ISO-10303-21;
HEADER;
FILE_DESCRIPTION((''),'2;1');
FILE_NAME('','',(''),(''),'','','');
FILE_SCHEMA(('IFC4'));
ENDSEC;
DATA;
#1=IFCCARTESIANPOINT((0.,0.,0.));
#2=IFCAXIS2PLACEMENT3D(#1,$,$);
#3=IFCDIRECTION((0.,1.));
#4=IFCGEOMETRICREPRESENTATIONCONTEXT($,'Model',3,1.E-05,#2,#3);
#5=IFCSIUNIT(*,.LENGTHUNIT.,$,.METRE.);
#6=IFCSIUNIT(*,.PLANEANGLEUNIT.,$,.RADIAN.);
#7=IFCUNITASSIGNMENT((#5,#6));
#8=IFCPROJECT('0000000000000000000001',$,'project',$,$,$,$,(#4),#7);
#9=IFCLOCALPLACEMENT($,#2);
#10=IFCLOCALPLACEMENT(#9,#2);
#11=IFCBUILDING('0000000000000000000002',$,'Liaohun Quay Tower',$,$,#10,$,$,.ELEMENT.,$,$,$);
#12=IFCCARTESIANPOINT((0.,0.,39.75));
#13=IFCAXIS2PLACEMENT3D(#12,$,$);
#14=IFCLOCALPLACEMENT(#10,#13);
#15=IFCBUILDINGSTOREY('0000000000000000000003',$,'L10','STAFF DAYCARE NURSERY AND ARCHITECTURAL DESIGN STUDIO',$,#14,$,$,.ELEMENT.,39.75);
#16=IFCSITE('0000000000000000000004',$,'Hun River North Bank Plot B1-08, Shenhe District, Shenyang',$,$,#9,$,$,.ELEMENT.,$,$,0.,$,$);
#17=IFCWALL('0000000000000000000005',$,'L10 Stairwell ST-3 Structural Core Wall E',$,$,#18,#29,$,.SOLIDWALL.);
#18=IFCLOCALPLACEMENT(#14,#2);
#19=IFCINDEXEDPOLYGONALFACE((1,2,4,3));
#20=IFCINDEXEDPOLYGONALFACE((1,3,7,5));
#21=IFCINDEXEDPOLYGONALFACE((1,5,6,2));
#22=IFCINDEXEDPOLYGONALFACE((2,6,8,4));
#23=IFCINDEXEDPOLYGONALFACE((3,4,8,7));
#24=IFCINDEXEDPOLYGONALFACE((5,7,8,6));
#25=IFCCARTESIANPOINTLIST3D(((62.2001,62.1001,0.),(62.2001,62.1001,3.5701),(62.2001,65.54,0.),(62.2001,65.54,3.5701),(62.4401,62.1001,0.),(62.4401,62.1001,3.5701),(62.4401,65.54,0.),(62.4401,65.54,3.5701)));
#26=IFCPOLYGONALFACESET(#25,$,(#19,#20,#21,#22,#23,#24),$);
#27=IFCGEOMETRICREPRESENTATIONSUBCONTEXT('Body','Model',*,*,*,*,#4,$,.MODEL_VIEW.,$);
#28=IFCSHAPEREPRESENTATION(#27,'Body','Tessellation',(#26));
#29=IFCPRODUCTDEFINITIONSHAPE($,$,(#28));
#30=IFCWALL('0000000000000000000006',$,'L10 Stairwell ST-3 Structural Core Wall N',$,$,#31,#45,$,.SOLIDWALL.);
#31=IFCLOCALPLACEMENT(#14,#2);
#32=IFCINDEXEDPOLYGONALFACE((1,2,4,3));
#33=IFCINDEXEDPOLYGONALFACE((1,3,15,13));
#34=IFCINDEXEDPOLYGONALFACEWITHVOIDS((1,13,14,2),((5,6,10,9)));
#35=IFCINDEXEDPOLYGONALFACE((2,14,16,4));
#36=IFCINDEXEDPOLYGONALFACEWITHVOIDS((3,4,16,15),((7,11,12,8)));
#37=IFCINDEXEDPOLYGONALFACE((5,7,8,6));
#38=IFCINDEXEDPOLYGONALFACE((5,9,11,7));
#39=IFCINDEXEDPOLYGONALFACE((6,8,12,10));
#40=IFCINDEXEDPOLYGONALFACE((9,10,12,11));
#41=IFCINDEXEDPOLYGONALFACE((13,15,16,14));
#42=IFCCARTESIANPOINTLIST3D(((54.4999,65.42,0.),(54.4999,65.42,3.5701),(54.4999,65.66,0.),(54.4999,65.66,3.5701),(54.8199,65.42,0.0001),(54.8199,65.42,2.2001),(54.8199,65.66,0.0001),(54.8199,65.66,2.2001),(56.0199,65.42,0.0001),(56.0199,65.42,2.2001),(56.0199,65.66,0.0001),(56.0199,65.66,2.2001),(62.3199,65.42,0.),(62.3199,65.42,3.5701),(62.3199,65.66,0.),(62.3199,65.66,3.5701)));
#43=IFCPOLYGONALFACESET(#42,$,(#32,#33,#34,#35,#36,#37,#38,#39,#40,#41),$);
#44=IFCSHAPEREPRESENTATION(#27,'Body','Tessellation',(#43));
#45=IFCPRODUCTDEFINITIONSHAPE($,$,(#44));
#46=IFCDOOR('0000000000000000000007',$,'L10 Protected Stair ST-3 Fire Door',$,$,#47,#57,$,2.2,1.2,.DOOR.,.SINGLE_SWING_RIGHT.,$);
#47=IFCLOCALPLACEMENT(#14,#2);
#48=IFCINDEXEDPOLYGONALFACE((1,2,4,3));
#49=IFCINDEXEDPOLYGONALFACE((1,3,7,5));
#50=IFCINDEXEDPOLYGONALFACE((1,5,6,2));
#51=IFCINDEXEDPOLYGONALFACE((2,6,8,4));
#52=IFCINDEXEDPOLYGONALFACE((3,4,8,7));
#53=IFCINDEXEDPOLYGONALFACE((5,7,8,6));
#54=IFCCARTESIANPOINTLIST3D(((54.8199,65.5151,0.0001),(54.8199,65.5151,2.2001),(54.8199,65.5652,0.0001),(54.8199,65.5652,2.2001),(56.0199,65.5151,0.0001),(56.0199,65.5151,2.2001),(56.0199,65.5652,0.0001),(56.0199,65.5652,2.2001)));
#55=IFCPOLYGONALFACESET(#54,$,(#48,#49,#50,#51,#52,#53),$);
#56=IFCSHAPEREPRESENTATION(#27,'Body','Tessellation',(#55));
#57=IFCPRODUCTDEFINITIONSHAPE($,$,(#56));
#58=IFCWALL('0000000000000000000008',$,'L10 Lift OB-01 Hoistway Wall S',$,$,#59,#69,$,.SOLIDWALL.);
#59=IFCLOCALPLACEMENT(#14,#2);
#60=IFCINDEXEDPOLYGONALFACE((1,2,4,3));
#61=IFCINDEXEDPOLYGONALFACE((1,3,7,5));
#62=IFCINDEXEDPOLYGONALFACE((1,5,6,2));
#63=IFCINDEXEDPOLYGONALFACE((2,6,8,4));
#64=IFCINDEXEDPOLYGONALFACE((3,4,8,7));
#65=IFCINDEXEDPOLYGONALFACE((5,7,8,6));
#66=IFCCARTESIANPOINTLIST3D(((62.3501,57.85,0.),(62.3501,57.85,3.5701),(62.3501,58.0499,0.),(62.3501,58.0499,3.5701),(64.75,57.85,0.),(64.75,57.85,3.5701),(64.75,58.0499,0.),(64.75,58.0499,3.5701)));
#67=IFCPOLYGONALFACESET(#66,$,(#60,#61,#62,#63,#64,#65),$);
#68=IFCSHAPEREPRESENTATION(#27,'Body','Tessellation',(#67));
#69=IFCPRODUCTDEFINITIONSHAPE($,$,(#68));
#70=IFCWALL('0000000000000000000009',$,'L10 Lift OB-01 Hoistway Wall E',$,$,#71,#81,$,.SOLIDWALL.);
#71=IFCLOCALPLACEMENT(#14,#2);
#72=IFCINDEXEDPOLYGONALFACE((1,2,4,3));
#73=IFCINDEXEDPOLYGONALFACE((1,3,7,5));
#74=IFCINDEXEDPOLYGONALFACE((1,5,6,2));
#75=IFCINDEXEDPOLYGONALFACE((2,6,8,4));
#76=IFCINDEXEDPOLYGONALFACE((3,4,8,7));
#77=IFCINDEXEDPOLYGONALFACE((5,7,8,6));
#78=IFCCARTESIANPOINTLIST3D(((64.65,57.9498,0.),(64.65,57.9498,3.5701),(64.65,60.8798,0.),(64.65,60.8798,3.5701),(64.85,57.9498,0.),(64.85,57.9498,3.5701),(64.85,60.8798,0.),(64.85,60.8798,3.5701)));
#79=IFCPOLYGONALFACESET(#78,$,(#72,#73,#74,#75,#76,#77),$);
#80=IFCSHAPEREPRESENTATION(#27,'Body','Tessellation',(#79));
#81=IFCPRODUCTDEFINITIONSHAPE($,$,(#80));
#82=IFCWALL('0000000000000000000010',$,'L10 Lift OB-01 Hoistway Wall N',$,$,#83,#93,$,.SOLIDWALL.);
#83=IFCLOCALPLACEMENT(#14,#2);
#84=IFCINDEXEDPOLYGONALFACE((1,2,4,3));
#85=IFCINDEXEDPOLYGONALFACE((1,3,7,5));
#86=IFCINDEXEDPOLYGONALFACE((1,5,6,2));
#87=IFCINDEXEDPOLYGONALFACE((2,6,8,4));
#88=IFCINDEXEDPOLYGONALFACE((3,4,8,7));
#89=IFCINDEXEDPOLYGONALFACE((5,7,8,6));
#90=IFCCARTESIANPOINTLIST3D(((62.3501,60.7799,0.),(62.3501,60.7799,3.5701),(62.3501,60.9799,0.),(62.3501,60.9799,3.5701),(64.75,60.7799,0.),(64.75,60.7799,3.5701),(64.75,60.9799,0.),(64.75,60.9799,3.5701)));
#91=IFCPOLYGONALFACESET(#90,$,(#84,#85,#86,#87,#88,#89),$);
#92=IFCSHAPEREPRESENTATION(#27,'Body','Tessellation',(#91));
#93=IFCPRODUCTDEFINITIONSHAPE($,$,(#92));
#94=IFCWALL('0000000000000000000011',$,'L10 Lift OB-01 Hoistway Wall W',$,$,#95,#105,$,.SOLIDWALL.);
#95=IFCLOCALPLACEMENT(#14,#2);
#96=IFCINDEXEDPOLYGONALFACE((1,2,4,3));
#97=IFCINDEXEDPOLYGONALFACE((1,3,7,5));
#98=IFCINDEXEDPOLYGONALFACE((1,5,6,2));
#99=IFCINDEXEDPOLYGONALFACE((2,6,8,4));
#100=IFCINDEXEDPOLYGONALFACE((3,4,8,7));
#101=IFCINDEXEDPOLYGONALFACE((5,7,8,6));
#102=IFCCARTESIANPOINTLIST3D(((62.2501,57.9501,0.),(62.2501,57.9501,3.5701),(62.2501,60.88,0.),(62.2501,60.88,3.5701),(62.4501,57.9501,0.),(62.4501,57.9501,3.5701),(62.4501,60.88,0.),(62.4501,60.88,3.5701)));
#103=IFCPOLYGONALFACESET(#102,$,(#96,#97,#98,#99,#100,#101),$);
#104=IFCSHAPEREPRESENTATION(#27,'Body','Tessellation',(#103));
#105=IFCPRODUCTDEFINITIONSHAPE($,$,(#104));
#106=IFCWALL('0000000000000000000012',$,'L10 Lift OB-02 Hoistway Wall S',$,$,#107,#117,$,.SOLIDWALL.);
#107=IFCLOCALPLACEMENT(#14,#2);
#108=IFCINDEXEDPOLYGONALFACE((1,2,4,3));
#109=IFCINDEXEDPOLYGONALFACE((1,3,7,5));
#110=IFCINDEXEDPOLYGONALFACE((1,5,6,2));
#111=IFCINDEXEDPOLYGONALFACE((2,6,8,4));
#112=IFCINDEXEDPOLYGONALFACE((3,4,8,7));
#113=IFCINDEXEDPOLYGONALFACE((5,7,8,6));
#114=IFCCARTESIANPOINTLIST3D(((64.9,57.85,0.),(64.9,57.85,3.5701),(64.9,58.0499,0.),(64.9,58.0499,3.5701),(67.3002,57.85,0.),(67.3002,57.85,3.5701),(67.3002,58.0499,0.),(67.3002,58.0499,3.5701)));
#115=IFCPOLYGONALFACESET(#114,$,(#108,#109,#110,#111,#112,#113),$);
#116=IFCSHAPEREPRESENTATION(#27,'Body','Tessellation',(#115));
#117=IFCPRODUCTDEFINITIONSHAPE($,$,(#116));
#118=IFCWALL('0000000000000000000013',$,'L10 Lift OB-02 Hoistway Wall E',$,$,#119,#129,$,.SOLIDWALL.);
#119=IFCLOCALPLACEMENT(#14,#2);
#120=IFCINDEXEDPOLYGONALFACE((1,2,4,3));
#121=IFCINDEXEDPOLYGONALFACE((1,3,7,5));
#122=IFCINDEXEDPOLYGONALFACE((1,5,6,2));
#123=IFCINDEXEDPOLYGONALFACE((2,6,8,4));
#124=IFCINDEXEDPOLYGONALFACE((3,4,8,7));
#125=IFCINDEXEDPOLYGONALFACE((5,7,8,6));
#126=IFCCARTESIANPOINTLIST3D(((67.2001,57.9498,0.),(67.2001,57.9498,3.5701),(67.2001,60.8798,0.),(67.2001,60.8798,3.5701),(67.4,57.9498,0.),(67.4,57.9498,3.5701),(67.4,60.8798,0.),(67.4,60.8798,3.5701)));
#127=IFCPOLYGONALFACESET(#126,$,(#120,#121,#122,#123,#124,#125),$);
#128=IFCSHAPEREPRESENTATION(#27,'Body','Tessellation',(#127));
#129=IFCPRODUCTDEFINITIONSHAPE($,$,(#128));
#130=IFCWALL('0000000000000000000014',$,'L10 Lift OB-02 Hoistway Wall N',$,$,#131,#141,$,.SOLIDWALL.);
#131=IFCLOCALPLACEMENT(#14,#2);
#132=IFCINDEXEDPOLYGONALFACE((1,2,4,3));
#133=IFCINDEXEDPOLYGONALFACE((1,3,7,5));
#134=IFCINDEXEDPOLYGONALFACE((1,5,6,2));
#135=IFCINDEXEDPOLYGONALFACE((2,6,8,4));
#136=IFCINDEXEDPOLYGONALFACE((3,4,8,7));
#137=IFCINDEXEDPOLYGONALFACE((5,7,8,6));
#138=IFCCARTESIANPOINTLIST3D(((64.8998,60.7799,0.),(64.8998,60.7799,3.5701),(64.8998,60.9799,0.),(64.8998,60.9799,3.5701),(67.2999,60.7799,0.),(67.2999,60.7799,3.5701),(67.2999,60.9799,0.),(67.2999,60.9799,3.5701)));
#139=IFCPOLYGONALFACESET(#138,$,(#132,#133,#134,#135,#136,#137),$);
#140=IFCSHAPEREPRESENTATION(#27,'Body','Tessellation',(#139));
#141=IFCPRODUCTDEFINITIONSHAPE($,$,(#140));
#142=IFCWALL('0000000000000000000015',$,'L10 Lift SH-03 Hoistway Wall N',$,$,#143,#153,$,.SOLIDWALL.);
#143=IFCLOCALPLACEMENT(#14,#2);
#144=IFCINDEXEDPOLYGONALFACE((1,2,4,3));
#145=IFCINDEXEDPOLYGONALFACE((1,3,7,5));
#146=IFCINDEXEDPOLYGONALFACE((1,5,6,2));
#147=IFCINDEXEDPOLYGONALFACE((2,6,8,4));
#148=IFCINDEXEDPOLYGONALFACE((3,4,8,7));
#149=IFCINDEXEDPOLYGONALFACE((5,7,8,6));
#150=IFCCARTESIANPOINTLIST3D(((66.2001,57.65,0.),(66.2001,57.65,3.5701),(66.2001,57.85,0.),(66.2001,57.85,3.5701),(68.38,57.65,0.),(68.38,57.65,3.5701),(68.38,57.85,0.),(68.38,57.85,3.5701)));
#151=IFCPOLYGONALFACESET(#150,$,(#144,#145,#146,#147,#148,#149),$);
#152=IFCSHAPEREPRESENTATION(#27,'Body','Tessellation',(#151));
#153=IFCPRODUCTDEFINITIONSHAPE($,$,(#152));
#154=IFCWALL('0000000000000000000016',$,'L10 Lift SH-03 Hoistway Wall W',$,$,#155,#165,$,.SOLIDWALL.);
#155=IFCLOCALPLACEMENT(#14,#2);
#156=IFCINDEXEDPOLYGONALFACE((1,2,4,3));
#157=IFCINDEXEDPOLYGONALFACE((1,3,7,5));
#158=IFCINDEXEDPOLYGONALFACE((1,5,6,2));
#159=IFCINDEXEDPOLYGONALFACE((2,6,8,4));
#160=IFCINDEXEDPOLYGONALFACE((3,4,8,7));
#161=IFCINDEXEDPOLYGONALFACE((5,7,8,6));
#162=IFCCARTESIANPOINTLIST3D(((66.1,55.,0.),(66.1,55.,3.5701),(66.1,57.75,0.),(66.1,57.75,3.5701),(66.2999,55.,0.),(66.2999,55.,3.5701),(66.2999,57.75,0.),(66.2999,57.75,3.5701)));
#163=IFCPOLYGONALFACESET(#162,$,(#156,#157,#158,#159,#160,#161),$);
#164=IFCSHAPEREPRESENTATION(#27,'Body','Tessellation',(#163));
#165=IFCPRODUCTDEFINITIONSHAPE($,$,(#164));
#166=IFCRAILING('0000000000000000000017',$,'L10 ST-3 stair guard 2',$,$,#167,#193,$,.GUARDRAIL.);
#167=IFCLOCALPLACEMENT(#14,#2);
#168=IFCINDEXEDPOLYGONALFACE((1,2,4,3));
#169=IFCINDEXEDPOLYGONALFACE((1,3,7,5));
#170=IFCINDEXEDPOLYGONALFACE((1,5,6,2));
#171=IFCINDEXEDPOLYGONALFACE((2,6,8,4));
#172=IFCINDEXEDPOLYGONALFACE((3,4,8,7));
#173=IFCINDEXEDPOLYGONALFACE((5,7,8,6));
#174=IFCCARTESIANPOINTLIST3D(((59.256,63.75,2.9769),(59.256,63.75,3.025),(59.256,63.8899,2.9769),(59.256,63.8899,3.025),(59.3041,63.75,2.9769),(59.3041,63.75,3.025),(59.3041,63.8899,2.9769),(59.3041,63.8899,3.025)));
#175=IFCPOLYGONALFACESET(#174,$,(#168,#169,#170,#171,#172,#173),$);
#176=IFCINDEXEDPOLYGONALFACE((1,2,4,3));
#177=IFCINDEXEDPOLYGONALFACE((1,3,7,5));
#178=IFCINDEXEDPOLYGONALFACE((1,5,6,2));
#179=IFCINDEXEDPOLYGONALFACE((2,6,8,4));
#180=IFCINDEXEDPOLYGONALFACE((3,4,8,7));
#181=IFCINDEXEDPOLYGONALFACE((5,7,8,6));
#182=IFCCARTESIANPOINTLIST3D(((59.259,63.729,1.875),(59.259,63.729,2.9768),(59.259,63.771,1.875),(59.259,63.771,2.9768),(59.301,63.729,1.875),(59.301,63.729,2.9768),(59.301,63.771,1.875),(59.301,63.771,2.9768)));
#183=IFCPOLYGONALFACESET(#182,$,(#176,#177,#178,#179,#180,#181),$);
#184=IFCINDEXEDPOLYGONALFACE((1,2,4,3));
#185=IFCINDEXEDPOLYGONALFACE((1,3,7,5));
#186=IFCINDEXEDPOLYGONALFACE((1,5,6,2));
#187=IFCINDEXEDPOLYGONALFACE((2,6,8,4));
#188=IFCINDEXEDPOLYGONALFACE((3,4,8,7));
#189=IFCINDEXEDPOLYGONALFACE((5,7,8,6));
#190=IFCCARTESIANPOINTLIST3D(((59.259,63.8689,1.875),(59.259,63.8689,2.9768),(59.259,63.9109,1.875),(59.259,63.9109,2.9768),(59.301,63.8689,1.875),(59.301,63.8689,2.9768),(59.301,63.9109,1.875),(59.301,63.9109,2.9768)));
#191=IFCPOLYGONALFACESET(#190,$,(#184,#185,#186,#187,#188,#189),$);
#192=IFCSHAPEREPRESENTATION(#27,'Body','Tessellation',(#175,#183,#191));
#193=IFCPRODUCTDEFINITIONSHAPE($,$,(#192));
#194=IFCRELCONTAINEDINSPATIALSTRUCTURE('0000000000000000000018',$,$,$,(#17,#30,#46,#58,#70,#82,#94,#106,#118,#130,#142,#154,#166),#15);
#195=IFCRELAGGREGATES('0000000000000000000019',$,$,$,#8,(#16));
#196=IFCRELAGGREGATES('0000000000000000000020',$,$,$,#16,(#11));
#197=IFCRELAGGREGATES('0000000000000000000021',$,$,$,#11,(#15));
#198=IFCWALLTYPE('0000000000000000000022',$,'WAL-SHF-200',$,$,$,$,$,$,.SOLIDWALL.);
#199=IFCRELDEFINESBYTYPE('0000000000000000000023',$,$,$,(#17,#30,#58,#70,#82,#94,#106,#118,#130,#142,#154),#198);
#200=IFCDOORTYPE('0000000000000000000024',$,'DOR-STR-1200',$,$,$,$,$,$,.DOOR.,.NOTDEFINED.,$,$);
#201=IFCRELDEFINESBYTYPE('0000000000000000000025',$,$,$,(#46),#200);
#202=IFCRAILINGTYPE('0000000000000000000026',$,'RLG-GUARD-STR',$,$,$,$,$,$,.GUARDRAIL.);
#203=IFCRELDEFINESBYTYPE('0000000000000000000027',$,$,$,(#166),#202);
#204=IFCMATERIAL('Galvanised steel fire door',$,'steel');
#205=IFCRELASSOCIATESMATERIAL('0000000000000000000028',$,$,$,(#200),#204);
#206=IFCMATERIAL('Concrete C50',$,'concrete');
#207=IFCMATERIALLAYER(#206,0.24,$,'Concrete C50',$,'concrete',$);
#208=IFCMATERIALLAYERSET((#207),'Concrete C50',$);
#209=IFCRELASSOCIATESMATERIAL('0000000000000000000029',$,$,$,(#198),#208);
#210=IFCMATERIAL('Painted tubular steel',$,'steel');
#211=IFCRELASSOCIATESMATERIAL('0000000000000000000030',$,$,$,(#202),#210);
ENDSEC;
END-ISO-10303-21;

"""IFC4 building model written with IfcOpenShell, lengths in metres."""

from ifc_helpers import new_model, si_unit, direction, frame, frame_2d, origin, origin_2d, place, context, subcontext, project, spatial, rectangle, extrude, source, transform, mapped, material, layer, layer_set, type_object, element, fill, save


model = new_model("IFC4")

# Units and contexts
model_context = context("Model", 3, precision=1e-05, world=origin(), true_north=direction((0.0, 1.0)))
body_context = subcontext(model_context, "Body", "Model", "MODEL_VIEW")
ifc_project = project(units=[si_unit("LENGTHUNIT", "METRE"), si_unit("PLANEANGLEUNIT", "RADIAN")], contexts=[model_context])

# Site, building, storey
site_placement = place(None, origin())
site = spatial("IfcSite", under=ifc_project, at=site_placement, Name="Hun River North Bank Plot B1-08, Shenhe District, Shenyang", CompositionType="ELEMENT", RefElevation=0.0)
building_placement = place(site_placement, origin())
building = spatial("IfcBuilding", under=site, at=building_placement, Name="Liaohun Quay Tower", CompositionType="ELEMENT")
storey_placement = place(building_placement, frame((0.0, 0.0, 39.75)))
storey = spatial("IfcBuildingStorey", under=building, at=storey_placement, Name="L10", Description="STAFF DAYCARE NURSERY AND ARCHITECTURAL DESIGN STUDIO", CompositionType="ELEMENT", Elevation=39.75)

# Shared definitions
ifc_material_1 = material(Name="Galvanised steel fire door", Category="steel")
door_type_1 = type_object("IfcDoorType", Name="DOR-STR-1200", OperationType="NOTDEFINED", PredefinedType="DOOR", material=ifc_material_1)
shared_shape_1 = source(origin(), body_context, "Body", "SweptSolid", [
    extrude(rectangle(XDim=1.2, YDim=2.2, at=frame_2d((0.6001, 1.1001))), frame((0.0, 0.0249, 0.0), z_axis=(0.0, -1.0, 0.0), x_axis=(1.0, 0.0, 0.0)), (0.0, 0.0, 1.0), 0.05),
])

# Wall
ifc_material_2 = material(Name="Concrete C50", Category="concrete")
ifc_layer_1 = layer(ifc_material_2, 0.24, Name="Concrete C50", Category="concrete")
ifc_layer_set_1 = layer_set([ifc_layer_1], Name="Concrete C50")
wall_type_1 = type_object("IfcWallType", Name="WAL-SHF-200", PredefinedType="SOLIDWALL", material=ifc_layer_set_1)
wall_1_placement = place(storey_placement, frame((62.3201, 62.1001, 0.0), z_axis=(0.0, 0.0, 1.0), x_axis=(0.0, 1.0, 0.0)))
element("IfcWall", 1, at=wall_1_placement, inside=storey, type_object=wall_type_1, Name="L10 Stairwell ST-3 Structural Core Wall E", PredefinedType="SOLIDWALL", context=body_context, shape_type="SweptSolid", body=[
    extrude(rectangle(XDim=3.4399, YDim=0.24, at=frame_2d((1.72, 0.0))), origin(), (0.0, 0.0, 1.0), 3.5701),
])

# Wall, opening, door
wall_2_placement = place(storey_placement, frame((62.3201, 65.54, 0.0), z_axis=(0.0, 0.0, 1.0), x_axis=(-1.0, 0.0, 0.0)))
wall_2 = element("IfcWall", 2, at=wall_2_placement, inside=storey, type_object=wall_type_1, Name="L10 Stairwell ST-3 Structural Core Wall N", PredefinedType="SOLIDWALL", context=body_context, shape_type="SweptSolid", body=[
    extrude(rectangle(XDim=7.8201, YDim=0.24, at=frame_2d((3.9102, 0.0))), origin(), (0.0, 0.0, 1.0), 3.5701),
])
shared_shape_2 = source(origin(), body_context, "Body", "SweptSolid", [
    extrude(rectangle(XDim=1.2, YDim=2.2, at=frame_2d((0.6001, 1.1001))), frame((0.0, 0.1299, 0.0), z_axis=(0.0, -1.0, 0.0), x_axis=(1.0, 0.0, 0.0)), (0.0, 0.0, 1.0), 0.26),
])
opening_1_placement = place(wall_2_placement, frame((6.3, 0.0, 0.0)))
opening_1 = element("IfcOpeningElement", 3, at=opening_1_placement, cuts=wall_2, PredefinedType="OPENING", context=body_context, shape_type="MappedRepresentation", body=[
    mapped(shared_shape_2, transform((0.0, 0.0, 0.0), x_axis=(1.0, 0.0, 0.0), y_axis=(0.0, 1.0, 0.0), z_axis=(0.0, 0.0, 1.0), scale=1.0)),
])
door_1_placement = place(opening_1_placement, origin())
door_1 = element("IfcDoor", 4, at=door_1_placement, inside=storey, type_object=door_type_1, Name="L10 Protected Stair ST-3 Fire Door", OperationType="SINGLE_SWING_RIGHT", OverallHeight=2.2, OverallWidth=1.2, PredefinedType="DOOR", context=body_context, shape_type="MappedRepresentation", body=[
    mapped(shared_shape_1, transform((0.0, 0.0, 0.0), x_axis=(1.0, 0.0, 0.0), y_axis=(0.0, 1.0, 0.0), z_axis=(0.0, 0.0, 1.0), scale=1.0)),
])
fill(opening_1, door_1)

# Walls
wall_3_placement = place(storey_placement, frame((62.3501, 57.95, 0.0), z_axis=(0.0, 0.0, 1.0), x_axis=(1.0, 0.0, 0.0)))
element("IfcWall", 5, at=wall_3_placement, inside=storey, type_object=wall_type_1, Name="L10 Lift OB-01 Hoistway Wall S", PredefinedType="SOLIDWALL", context=body_context, shape_type="SweptSolid", body=[
    extrude(rectangle(XDim=2.3999, YDim=0.2, at=frame_2d((1.2, 0.0))), origin(), (0.0, 0.0, 1.0), 3.5701),
])
wall_4_placement = place(storey_placement, frame((64.75, 57.95, 0.0), z_axis=(0.0, 0.0, 1.0), x_axis=(0.0, 1.0, 0.0)))
element("IfcWall", 6, at=wall_4_placement, inside=storey, type_object=wall_type_1, Name="L10 Lift OB-01 Hoistway Wall E", PredefinedType="SOLIDWALL", context=body_context, shape_type="SweptSolid", body=[
    extrude(rectangle(XDim=2.9299, YDim=0.2, at=frame_2d((1.4648, 0.0))), origin(), (0.0, 0.0, 1.0), 3.5701),
])
wall_5_placement = place(storey_placement, frame((64.75, 60.8799, 0.0), z_axis=(0.0, 0.0, 1.0), x_axis=(-1.0, 0.0, 0.0)))
element("IfcWall", 7, at=wall_5_placement, inside=storey, type_object=wall_type_1, Name="L10 Lift OB-01 Hoistway Wall N", PredefinedType="SOLIDWALL", context=body_context, shape_type="SweptSolid", body=[
    extrude(rectangle(XDim=2.3999, YDim=0.2, at=frame_2d((1.2, 0.0))), origin(), (0.0, 0.0, 1.0), 3.5701),
])
wall_6_placement = place(storey_placement, frame((62.3501, 60.8799, 0.0), z_axis=(0.0, 0.0, 1.0), x_axis=(0.0, -1.0, 0.0)))
element("IfcWall", 8, at=wall_6_placement, inside=storey, type_object=wall_type_1, Name="L10 Lift OB-01 Hoistway Wall W", PredefinedType="SOLIDWALL", context=body_context, shape_type="SweptSolid", body=[
    extrude(rectangle(XDim=2.9299, YDim=0.2, at=frame_2d((1.4648, 0.0))), origin(), (0.0, 0.0, 1.0), 3.5701),
])
wall_7_placement = place(storey_placement, frame((64.8999, 57.95, 0.0), z_axis=(0.0, 0.0, 1.0), x_axis=(1.0, 0.0, 0.0)))
element("IfcWall", 9, at=wall_7_placement, inside=storey, type_object=wall_type_1, Name="L10 Lift OB-02 Hoistway Wall S", PredefinedType="SOLIDWALL", context=body_context, shape_type="SweptSolid", body=[
    extrude(rectangle(XDim=2.4001, YDim=0.2, at=frame_2d((1.2002, 0.0))), origin(), (0.0, 0.0, 1.0), 3.5701),
])
wall_8_placement = place(storey_placement, frame((67.3, 57.95, 0.0), z_axis=(0.0, 0.0, 1.0), x_axis=(0.0, 1.0, 0.0)))
element("IfcWall", 10, at=wall_8_placement, inside=storey, type_object=wall_type_1, Name="L10 Lift OB-02 Hoistway Wall E", PredefinedType="SOLIDWALL", context=body_context, shape_type="SweptSolid", body=[
    extrude(rectangle(XDim=2.9299, YDim=0.2, at=frame_2d((1.4648, 0.0))), origin(), (0.0, 0.0, 1.0), 3.5701),
])
wall_9_placement = place(storey_placement, frame((67.3, 60.8799, 0.0), z_axis=(0.0, 0.0, 1.0), x_axis=(-1.0, 0.0, 0.0)))
element("IfcWall", 11, at=wall_9_placement, inside=storey, type_object=wall_type_1, Name="L10 Lift OB-02 Hoistway Wall N", PredefinedType="SOLIDWALL", context=body_context, shape_type="SweptSolid", body=[
    extrude(rectangle(XDim=2.4001, YDim=0.2, at=frame_2d((1.2002, 0.0))), origin(), (0.0, 0.0, 1.0), 3.5701),
])
wall_10_placement = place(storey_placement, frame((68.3799, 57.75, 0.0), z_axis=(0.0, 0.0, 1.0), x_axis=(-1.0, 0.0, 0.0)))
element("IfcWall", 12, at=wall_10_placement, inside=storey, type_object=wall_type_1, Name="L10 Lift SH-03 Hoistway Wall N", PredefinedType="SOLIDWALL", context=body_context, shape_type="SweptSolid", body=[
    extrude(rectangle(XDim=2.1799, YDim=0.2, at=frame_2d((1.0898, 0.0))), origin(), (0.0, 0.0, 1.0), 3.5701),
])
wall_11_placement = place(storey_placement, frame((66.2, 57.75, 0.0), z_axis=(0.0, 0.0, 1.0), x_axis=(0.0, -1.0, 0.0)))
element("IfcWall", 13, at=wall_11_placement, inside=storey, type_object=wall_type_1, Name="L10 Lift SH-03 Hoistway Wall W", PredefinedType="SOLIDWALL", context=body_context, shape_type="SweptSolid", body=[
    extrude(rectangle(XDim=2.75, YDim=0.2, at=frame_2d((1.375, 0.0))), origin(), (0.0, 0.0, 1.0), 3.5701),
])

# Railing
ifc_material_3 = material(Name="Painted tubular steel", Category="steel")
railing_type_1 = type_object("IfcRailingType", Name="RLG-GUARD-STR", PredefinedType="GUARDRAIL", material=ifc_material_3)
railing_1_placement = place(storey_placement, frame((59.28, 63.75, 1.875)))
element("IfcRailing", 14, at=railing_1_placement, inside=storey, type_object=railing_type_1, Name="L10 ST-3 stair guard 2", PredefinedType="GUARDRAIL", context=body_context, shape_type="SweptSolid", body=[
    extrude(rectangle(XDim=0.0481, YDim=0.0481, at=origin_2d()), frame((0.0, 0.0, 1.126), z_axis=(0.0, 1.0, 0.0), x_axis=(-1.0, 0.0, 0.0)), (0.0, 0.0, 1.0), 0.1399),
    extrude(rectangle(XDim=0.042, YDim=0.042, at=origin_2d()), origin(), (0.0, 0.0, 1.0), 1.1018),
    extrude(rectangle(XDim=0.042, YDim=0.042, at=origin_2d()), frame((0.0, 0.1399, 0.0)), (0.0, 0.0, 1.0), 1.1018),
])

save(model, "model.ifc")
